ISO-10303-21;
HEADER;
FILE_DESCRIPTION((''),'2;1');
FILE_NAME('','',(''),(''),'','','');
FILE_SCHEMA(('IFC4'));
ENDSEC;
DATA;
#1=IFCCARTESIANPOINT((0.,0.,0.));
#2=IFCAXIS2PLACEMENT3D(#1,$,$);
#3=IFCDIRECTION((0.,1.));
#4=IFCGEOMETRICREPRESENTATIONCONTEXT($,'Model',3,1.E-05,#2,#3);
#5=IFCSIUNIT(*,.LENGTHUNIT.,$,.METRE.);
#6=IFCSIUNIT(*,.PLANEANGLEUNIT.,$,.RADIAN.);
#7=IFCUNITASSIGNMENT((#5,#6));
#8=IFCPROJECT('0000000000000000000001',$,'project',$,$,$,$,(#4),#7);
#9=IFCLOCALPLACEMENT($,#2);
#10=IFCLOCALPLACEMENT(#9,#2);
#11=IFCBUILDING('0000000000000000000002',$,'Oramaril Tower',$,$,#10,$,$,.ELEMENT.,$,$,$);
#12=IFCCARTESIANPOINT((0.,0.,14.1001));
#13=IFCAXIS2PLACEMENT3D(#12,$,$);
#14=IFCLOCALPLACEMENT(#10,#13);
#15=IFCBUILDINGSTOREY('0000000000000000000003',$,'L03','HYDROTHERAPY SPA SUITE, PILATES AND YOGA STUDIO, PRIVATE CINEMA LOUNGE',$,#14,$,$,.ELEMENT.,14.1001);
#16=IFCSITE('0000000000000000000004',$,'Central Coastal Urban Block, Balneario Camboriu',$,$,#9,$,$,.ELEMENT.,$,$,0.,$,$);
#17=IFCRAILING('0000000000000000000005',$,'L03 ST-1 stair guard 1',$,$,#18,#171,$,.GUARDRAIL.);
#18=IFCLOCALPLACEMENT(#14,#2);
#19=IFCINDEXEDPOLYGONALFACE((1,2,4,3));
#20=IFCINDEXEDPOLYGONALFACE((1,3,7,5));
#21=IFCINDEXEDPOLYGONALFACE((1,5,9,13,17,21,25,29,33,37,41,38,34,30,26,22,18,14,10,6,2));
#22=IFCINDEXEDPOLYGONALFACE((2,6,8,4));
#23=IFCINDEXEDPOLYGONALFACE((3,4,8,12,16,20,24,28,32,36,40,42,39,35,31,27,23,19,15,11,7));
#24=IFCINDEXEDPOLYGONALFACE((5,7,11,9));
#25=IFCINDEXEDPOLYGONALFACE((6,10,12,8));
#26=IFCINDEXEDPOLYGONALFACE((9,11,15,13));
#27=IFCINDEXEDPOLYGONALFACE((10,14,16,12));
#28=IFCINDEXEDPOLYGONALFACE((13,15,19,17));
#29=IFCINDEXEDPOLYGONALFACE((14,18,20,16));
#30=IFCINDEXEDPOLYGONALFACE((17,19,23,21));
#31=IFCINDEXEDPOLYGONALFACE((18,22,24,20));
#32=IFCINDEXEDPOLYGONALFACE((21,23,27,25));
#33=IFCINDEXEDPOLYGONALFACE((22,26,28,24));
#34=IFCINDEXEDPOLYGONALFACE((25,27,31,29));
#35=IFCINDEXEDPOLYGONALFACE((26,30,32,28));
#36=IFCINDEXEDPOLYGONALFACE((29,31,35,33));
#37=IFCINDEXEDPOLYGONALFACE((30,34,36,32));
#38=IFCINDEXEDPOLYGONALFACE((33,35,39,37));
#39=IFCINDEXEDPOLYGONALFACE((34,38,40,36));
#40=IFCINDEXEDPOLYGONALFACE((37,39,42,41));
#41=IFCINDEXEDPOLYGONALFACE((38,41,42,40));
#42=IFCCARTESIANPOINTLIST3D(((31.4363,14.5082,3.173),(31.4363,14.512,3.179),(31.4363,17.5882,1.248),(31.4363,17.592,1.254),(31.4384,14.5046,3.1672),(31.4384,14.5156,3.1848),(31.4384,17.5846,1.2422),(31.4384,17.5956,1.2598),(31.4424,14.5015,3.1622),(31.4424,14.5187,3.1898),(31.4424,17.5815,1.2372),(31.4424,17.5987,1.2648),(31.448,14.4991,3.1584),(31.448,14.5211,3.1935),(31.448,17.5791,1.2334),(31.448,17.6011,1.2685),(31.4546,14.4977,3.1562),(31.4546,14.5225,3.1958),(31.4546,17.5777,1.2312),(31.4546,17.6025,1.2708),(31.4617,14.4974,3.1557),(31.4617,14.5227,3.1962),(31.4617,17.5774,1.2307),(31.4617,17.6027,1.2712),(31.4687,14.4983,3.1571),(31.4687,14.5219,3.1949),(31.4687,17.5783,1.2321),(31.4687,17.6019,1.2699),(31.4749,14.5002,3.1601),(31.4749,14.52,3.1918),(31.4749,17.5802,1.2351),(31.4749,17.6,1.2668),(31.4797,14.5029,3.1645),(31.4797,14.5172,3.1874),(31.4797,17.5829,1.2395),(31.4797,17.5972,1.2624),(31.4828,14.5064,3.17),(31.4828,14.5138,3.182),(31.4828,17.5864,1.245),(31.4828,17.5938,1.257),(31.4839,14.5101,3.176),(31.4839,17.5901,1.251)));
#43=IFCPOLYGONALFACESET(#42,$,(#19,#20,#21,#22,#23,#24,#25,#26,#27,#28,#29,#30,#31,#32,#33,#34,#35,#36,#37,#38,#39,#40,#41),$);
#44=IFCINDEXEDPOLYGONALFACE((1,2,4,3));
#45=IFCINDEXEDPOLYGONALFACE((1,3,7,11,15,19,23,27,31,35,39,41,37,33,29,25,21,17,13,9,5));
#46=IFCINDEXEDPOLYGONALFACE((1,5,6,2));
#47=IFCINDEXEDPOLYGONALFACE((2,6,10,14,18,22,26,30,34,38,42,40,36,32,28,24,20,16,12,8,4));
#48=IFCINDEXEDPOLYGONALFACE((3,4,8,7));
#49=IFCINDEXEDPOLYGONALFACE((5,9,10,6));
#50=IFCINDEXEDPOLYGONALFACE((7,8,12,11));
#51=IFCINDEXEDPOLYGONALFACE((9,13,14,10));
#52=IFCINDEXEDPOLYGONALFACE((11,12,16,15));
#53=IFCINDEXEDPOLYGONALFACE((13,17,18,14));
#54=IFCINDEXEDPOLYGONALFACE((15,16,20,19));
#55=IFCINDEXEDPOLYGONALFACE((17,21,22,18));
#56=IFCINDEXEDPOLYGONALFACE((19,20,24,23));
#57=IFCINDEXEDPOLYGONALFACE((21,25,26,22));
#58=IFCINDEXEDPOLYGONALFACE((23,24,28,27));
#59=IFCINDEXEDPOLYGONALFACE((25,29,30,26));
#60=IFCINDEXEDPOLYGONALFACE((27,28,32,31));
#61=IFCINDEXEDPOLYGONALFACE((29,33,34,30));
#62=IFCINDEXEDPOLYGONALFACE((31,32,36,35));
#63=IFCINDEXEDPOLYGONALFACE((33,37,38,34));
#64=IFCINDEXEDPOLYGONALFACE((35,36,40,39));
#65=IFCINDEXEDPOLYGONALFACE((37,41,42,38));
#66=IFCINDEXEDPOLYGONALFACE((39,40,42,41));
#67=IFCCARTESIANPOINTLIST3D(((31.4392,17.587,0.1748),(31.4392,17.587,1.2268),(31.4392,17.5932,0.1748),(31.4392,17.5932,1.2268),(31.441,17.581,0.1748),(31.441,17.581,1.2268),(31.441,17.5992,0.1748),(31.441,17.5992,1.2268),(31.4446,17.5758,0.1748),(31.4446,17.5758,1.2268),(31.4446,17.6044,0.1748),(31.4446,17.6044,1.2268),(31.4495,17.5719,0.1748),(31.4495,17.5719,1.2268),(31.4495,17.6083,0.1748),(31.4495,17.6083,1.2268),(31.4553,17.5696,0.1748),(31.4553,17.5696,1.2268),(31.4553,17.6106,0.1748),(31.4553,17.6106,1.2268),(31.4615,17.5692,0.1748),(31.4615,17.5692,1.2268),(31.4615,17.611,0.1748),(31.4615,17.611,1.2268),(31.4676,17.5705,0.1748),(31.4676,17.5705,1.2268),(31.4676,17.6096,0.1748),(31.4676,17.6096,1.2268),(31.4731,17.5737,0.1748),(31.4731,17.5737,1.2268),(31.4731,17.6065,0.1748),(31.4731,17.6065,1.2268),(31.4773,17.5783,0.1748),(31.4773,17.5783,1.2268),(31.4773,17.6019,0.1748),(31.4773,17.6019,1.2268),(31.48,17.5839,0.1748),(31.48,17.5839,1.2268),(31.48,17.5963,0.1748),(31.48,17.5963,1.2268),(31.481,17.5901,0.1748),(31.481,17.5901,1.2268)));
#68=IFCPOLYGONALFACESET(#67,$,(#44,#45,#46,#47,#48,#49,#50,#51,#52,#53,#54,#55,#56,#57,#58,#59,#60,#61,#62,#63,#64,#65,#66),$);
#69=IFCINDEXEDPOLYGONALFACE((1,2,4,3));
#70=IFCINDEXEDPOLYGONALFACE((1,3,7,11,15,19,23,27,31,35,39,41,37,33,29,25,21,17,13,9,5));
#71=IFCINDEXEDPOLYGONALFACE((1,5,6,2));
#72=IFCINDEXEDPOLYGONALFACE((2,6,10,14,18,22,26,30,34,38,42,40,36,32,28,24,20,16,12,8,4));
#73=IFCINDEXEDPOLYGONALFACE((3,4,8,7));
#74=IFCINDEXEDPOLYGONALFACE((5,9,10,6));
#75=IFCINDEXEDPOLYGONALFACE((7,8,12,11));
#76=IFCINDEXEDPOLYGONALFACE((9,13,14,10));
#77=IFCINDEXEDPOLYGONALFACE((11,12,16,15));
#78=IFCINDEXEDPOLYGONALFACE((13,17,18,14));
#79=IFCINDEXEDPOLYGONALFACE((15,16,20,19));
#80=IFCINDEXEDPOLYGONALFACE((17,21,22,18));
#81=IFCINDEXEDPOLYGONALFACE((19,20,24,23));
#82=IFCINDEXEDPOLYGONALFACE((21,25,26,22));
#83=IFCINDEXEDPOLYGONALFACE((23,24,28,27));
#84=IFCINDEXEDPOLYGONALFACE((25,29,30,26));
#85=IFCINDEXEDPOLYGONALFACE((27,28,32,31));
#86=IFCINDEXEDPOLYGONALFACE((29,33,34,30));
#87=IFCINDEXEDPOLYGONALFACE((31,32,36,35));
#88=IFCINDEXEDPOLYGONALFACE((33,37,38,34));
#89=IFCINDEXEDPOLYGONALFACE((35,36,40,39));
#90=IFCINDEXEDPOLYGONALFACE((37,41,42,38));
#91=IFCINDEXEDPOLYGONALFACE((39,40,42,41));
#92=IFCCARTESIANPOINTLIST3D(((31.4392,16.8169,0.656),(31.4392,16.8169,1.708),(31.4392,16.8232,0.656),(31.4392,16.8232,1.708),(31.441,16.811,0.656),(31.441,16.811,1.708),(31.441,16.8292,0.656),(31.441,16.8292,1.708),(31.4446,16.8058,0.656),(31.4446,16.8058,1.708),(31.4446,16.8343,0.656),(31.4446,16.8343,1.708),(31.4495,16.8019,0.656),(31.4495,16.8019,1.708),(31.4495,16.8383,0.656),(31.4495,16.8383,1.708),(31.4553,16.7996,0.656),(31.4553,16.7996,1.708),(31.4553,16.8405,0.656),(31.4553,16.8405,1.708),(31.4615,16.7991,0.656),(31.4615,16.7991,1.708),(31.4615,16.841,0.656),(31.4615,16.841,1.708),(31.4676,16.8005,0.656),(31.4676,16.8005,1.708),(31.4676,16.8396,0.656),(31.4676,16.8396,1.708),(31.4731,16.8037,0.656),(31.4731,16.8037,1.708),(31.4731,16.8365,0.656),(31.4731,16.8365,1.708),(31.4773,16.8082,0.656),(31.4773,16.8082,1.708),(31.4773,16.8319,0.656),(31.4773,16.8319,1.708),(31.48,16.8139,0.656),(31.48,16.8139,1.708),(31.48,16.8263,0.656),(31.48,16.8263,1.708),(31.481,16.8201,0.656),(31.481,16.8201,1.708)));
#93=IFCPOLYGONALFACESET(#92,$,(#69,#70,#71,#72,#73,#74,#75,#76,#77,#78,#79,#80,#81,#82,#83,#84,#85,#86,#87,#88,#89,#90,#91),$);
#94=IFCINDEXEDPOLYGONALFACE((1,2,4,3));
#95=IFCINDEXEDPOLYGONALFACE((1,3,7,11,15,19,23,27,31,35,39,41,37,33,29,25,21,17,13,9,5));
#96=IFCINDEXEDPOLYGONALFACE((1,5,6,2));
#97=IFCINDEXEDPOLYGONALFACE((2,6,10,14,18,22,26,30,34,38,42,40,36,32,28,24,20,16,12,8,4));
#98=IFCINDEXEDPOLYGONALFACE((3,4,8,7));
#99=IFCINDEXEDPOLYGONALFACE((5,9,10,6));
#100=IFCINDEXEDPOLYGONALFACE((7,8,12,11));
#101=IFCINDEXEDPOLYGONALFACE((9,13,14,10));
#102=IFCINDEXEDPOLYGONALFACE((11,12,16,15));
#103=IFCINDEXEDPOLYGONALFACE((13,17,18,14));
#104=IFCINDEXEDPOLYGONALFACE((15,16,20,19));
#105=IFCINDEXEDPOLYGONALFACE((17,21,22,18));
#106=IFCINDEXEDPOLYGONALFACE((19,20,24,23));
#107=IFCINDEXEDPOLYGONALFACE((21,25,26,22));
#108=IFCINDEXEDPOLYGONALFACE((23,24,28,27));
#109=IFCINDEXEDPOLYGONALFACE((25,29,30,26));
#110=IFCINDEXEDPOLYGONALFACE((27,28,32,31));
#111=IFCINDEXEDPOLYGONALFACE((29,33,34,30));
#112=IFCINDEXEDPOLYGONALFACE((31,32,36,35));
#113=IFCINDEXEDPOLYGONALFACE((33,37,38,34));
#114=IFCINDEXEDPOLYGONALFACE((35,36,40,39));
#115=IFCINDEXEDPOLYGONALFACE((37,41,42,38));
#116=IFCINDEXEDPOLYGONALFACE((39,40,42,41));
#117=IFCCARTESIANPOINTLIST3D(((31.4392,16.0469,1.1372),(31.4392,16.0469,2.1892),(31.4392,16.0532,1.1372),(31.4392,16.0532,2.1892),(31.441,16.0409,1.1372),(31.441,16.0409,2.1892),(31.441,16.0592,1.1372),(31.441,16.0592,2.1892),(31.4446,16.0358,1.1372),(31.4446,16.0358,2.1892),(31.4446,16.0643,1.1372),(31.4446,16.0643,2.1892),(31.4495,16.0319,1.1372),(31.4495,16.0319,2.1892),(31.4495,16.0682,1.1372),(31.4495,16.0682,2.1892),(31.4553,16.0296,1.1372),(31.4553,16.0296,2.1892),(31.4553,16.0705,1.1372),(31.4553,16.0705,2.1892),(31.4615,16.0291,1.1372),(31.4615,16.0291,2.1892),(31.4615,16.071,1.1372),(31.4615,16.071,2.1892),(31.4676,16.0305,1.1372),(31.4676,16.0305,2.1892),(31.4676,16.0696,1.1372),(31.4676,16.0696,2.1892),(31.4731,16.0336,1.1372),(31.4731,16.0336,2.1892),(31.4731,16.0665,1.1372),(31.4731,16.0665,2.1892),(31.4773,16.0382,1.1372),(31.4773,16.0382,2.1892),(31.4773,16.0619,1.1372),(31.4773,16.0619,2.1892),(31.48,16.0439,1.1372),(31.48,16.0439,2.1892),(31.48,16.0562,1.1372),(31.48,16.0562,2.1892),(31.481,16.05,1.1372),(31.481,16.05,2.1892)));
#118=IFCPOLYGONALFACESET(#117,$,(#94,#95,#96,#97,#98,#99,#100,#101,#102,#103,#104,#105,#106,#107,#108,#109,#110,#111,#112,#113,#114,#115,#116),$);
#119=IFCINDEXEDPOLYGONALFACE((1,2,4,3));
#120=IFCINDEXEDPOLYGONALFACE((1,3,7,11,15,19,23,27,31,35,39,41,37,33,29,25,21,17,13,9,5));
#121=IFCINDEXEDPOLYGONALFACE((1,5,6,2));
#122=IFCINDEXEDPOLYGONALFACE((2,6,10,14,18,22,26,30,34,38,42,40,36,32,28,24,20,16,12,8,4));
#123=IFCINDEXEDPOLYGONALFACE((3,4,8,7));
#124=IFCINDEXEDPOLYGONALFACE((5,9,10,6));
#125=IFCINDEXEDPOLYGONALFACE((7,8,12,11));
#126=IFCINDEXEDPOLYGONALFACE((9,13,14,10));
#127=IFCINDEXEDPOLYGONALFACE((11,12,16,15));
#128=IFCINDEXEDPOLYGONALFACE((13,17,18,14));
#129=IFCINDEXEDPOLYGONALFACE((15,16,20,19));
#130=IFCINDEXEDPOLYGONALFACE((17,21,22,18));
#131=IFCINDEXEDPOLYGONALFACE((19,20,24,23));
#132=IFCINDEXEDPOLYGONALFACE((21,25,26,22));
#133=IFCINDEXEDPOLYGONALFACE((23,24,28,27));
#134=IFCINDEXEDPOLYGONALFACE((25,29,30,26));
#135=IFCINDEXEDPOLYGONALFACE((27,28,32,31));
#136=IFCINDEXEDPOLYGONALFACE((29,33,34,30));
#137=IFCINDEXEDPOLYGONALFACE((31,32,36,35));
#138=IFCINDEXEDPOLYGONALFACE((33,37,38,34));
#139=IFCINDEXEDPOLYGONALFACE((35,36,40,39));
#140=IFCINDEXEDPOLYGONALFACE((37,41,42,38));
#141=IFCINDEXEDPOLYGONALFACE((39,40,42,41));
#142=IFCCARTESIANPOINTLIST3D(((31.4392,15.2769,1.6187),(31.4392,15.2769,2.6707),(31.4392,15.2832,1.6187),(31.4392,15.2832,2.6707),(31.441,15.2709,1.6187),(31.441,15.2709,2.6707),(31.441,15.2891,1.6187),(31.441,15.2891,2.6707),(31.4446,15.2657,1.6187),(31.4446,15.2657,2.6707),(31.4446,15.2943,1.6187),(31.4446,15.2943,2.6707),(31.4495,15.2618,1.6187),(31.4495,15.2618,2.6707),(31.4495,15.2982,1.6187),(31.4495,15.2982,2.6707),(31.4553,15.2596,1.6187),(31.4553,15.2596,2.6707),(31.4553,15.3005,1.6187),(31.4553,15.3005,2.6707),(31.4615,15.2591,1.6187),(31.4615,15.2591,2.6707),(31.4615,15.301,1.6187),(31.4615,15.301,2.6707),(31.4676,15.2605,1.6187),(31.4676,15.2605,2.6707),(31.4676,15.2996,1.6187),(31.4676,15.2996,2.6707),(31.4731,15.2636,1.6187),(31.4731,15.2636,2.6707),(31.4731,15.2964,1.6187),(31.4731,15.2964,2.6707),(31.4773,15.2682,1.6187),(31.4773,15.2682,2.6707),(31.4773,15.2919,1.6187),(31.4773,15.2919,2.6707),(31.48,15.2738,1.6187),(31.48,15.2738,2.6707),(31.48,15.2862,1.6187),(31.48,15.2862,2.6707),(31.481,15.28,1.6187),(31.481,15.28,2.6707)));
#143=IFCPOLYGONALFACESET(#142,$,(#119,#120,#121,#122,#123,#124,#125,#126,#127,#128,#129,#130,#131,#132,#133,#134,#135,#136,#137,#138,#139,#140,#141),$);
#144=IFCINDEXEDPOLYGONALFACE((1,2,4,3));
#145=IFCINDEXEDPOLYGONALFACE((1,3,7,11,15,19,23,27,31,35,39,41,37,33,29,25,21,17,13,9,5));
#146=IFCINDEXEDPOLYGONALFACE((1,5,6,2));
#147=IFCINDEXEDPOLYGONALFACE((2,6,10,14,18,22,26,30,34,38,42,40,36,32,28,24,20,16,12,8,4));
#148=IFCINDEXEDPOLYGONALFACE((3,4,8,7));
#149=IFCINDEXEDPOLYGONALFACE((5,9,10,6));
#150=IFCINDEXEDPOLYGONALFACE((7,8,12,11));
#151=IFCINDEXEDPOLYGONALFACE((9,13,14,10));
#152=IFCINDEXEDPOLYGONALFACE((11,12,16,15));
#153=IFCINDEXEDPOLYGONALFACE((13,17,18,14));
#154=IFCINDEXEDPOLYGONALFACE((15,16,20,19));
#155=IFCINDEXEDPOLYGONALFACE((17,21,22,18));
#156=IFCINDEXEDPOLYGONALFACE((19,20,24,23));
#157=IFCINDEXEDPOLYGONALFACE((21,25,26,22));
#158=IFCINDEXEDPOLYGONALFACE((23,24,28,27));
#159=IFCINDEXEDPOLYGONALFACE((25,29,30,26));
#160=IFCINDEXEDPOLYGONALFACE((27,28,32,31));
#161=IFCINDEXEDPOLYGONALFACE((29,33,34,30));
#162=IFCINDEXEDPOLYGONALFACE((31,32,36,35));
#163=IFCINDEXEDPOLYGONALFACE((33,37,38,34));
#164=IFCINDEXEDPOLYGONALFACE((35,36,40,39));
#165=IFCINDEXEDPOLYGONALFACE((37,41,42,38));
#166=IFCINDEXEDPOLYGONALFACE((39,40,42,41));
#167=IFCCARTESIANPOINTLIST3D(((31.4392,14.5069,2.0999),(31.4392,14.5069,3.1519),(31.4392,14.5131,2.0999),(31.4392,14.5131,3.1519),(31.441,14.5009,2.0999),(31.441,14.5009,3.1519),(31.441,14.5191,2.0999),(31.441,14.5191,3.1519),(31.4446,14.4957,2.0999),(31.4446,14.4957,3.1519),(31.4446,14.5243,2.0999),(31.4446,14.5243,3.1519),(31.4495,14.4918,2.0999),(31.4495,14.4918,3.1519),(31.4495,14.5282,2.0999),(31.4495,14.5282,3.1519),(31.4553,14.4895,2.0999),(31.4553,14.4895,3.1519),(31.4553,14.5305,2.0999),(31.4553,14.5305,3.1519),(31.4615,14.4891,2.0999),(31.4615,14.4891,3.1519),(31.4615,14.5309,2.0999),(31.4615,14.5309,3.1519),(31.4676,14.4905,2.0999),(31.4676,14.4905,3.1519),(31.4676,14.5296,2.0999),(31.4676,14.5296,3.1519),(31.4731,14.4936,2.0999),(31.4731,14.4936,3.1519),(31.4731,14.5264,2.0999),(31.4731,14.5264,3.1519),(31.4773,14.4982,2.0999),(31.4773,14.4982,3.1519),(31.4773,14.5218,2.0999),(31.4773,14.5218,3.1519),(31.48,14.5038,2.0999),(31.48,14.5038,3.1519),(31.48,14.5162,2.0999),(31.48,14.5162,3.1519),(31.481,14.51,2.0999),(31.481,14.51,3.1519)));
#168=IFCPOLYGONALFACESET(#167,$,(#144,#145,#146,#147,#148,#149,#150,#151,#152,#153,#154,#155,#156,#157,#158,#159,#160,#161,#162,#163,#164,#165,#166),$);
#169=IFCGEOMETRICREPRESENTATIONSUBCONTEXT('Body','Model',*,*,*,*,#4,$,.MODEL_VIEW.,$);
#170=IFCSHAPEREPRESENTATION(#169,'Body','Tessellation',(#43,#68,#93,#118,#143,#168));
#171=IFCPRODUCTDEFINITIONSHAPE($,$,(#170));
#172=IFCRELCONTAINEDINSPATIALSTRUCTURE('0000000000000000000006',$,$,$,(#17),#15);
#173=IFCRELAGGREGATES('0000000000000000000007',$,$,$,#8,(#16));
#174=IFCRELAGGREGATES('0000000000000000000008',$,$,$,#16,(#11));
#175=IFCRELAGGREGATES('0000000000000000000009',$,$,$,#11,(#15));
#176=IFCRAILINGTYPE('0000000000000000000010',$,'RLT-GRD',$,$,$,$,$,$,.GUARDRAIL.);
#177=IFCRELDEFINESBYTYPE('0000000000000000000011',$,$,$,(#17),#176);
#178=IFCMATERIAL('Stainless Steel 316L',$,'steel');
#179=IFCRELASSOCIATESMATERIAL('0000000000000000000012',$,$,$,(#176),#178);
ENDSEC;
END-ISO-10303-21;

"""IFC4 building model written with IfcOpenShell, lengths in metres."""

from ifc_helpers import new_model, si_unit, direction, frame, origin, origin_2d, place, context, subcontext, project, spatial, circle, extrude, material, type_object, element, save


model = new_model("IFC4")

# Units and contexts
model_context = context("Model", 3, precision=1e-05, world=origin(), true_north=direction((0.0, 1.0)))
body_context = subcontext(model_context, "Body", "Model", "MODEL_VIEW")
ifc_project = project(units=[si_unit("LENGTHUNIT", "METRE"), si_unit("PLANEANGLEUNIT", "RADIAN")], contexts=[model_context])

# Site, building, storey
site_placement = place(None, origin())
site = spatial("IfcSite", under=ifc_project, at=site_placement, Name="Central Coastal Urban Block, Balneario Camboriu", CompositionType="ELEMENT", RefElevation=0.0)
building_placement = place(site_placement, origin())
building = spatial("IfcBuilding", under=site, at=building_placement, Name="Oramaril Tower", CompositionType="ELEMENT")
storey_placement = place(building_placement, frame((0.0, 0.0, 14.1001)))
storey = spatial("IfcBuildingStorey", under=building, at=storey_placement, Name="L03", Description="HYDROTHERAPY SPA SUITE, PILATES AND YOGA STUDIO, PRIVATE CINEMA LOUNGE", CompositionType="ELEMENT", Elevation=14.1001)

# Railing
ifc_material_1 = material(Name="Stainless Steel 316L", Category="steel")
railing_type_1 = type_object("IfcRailingType", Name="RLT-GRD", PredefinedType="GUARDRAIL", material=ifc_material_1)
railing_1_placement = place(storey_placement, frame((31.46, 17.5901, 0.1748)))
element("IfcRailing", 1, at=railing_1_placement, inside=storey, type_object=railing_type_1, Name="L03 ST-1 stair guard 1", PredefinedType="GUARDRAIL", context=body_context, shape_type="SweptSolid", body=[
    extrude(circle(Radius=0.0239, at=origin_2d()), frame((0.0, 0.0, 1.0762), z_axis=(0.0, -0.847998, 0.529999), x_axis=(1.0, 0.0, 0.0)), (0.0, 0.0, 1.0), 3.6321),
    extrude(circle(Radius=0.021, at=origin_2d()), origin(), (0.0, 0.0, 1.0), 1.052),
    extrude(circle(Radius=0.021, at=origin_2d()), frame((0.0, -0.77, 0.4812)), (0.0, 0.0, 1.0), 1.052),
    extrude(circle(Radius=0.021, at=origin_2d()), frame((0.0, -1.54, 0.9624)), (0.0, 0.0, 1.0), 1.052),
    extrude(circle(Radius=0.021, at=origin_2d()), frame((0.0, -2.3101, 1.4438)), (0.0, 0.0, 1.0), 1.052),
    extrude(circle(Radius=0.021, at=origin_2d()), frame((0.0, -3.0801, 1.925)), (0.0, 0.0, 1.0), 1.052),
])

save(model, "model.ifc")
